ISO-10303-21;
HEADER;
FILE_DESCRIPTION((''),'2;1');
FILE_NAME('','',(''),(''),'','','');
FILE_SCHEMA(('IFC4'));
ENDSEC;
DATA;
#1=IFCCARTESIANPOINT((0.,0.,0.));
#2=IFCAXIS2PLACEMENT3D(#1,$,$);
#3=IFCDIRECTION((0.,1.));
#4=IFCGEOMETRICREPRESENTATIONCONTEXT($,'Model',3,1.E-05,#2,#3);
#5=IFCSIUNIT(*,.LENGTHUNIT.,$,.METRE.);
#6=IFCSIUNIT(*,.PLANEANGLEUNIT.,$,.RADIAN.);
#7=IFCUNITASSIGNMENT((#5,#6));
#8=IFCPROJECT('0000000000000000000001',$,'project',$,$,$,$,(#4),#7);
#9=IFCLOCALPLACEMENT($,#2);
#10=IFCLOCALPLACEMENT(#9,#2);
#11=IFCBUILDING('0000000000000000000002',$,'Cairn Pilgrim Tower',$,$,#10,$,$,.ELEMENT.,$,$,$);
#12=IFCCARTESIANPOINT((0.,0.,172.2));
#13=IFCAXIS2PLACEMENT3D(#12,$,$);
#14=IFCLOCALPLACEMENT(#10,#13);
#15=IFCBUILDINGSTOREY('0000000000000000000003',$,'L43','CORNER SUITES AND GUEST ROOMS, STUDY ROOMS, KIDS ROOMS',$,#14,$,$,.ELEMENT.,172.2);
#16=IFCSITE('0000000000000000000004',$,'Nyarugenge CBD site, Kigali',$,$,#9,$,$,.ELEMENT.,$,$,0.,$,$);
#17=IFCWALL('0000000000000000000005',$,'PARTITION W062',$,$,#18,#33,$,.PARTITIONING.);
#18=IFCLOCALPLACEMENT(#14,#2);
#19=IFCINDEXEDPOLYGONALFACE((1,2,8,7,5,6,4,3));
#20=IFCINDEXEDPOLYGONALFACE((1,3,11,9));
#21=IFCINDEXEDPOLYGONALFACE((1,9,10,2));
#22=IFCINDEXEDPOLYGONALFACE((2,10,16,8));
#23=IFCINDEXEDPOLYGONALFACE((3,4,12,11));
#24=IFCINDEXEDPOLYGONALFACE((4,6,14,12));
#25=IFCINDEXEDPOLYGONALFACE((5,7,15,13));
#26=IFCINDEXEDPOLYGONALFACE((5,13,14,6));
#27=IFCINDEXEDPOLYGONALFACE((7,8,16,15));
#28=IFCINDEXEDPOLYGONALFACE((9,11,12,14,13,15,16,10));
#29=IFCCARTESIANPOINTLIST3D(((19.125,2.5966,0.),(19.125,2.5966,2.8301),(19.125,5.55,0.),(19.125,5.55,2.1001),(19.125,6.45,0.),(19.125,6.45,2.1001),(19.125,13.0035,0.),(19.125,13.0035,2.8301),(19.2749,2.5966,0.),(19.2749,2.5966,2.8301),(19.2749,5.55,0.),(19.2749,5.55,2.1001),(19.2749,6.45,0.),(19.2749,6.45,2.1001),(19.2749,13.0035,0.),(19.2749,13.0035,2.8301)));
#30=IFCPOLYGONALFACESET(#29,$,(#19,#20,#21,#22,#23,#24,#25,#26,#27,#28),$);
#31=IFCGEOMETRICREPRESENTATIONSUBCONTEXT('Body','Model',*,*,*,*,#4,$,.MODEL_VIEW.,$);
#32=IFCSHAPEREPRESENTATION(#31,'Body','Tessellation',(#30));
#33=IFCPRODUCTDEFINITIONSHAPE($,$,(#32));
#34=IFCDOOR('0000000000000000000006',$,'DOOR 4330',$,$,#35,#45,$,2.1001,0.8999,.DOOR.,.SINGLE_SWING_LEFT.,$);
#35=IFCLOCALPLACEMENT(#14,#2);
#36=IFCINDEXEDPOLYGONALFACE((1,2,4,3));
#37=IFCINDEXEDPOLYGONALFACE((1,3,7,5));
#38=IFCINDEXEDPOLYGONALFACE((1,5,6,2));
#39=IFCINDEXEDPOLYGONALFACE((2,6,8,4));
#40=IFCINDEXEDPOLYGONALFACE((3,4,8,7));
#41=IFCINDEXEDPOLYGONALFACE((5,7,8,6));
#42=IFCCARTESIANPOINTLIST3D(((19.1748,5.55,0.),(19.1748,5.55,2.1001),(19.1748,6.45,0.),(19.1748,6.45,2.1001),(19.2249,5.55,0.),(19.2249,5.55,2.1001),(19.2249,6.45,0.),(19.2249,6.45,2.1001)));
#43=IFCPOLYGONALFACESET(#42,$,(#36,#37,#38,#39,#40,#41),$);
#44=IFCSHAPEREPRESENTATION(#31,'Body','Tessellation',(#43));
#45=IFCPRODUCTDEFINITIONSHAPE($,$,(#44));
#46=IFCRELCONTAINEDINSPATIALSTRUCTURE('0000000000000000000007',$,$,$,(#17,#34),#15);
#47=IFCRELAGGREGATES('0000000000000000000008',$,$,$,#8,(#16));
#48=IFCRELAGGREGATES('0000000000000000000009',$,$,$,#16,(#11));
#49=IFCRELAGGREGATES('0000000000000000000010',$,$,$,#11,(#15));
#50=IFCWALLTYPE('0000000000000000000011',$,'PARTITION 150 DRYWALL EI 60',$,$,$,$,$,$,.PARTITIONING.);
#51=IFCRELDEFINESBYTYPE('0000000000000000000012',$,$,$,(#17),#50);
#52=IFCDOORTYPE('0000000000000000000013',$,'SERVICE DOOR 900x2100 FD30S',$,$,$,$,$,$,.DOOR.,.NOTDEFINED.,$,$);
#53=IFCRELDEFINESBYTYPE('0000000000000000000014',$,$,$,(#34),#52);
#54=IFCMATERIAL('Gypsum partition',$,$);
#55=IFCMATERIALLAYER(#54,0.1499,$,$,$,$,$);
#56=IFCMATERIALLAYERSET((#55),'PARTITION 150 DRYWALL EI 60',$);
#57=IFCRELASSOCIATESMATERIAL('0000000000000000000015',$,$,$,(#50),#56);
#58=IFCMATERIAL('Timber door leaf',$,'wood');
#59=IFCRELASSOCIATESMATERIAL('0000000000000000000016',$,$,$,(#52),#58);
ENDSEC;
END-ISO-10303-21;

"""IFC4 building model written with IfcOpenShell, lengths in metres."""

from ifc_helpers import new_model, si_unit, direction, frame, frame_2d, origin, place, context, subcontext, project, spatial, rectangle, extrude, material, layer, layer_set, type_object, element, fill, save


model = new_model("IFC4")

# Units and contexts
model_context = context("Model", 3, precision=1e-05, world=origin(), true_north=direction((0.0, 1.0)))
body_context = subcontext(model_context, "Body", "Model", "MODEL_VIEW")
ifc_project = project(units=[si_unit("LENGTHUNIT", "METRE"), si_unit("PLANEANGLEUNIT", "RADIAN")], contexts=[model_context])

# Site, building, storey
site_placement = place(None, origin())
site = spatial("IfcSite", under=ifc_project, at=site_placement, Name="Nyarugenge CBD site, Kigali", CompositionType="ELEMENT", RefElevation=0.0)
building_placement = place(site_placement, origin())
building = spatial("IfcBuilding", under=site, at=building_placement, Name="Cairn Pilgrim Tower", CompositionType="ELEMENT")
storey_placement = place(building_placement, frame((0.0, 0.0, 172.2)))
storey = spatial("IfcBuildingStorey", under=building, at=storey_placement, Name="L43", Description="CORNER SUITES AND GUEST ROOMS, STUDY ROOMS, KIDS ROOMS", CompositionType="ELEMENT", Elevation=172.2)

# Shared definitions
ifc_material_1 = material(Name="Gypsum partition")
ifc_layer_1 = layer(ifc_material_1, 0.1499)
ifc_layer_set_1 = layer_set([ifc_layer_1], Name="PARTITION 150 DRYWALL EI 60")
wall_type_1 = type_object("IfcWallType", Name="PARTITION 150 DRYWALL EI 60", PredefinedType="PARTITIONING", material=ifc_layer_set_1)

# Wall, opening, door
wall_1_placement = place(storey_placement, frame((19.2, 2.5964, 0.0), z_axis=(0.0, 0.0, 1.0), x_axis=(0.0, 1.0, 0.0)))
wall_1 = element("IfcWall", 1, at=wall_1_placement, inside=storey, type_object=wall_type_1, Name="PARTITION W062", PredefinedType="PARTITIONING", context=body_context, shape_type="SweptSolid", body=[
    extrude(rectangle(XDim=10.407, YDim=0.1499, at=frame_2d((5.2036, 0.0))), origin(), (0.0, 0.0, 1.0), 2.8301),
])
opening_1_placement = place(wall_1_placement, frame((2.9536, 0.0, 0.0)))
opening_1 = element("IfcOpeningElement", 2, at=opening_1_placement, cuts=wall_1, PredefinedType="OPENING", context=body_context, shape_type="SweptSolid", body=[
    extrude(rectangle(XDim=0.8999, YDim=2.1001, at=frame_2d((0.45, 1.05))), frame((0.0, 0.085, 0.0), z_axis=(0.0, -1.0, 0.0), x_axis=(1.0, 0.0, 0.0)), (0.0, 0.0, 1.0), 0.1699),
])
ifc_material_2 = material(Name="Timber door leaf", Category="wood")
door_type_1 = type_object("IfcDoorType", Name="SERVICE DOOR 900x2100 FD30S", OperationType="NOTDEFINED", PredefinedType="DOOR", material=ifc_material_2)
door_1_placement = place(opening_1_placement, frame((0.8999, 0.0, 0.0), z_axis=(0.0, 0.0, 1.0), x_axis=(-1.0, 0.0, 0.0)))
door_1 = element("IfcDoor", 3, at=door_1_placement, inside=storey, type_object=door_type_1, Name="DOOR 4330", OperationType="SINGLE_SWING_LEFT", OverallHeight=2.1001, OverallWidth=0.8999, PredefinedType="DOOR", context=body_context, shape_type="SweptSolid", body=[
    extrude(rectangle(XDim=0.8999, YDim=2.1001, at=frame_2d((0.45, 1.05))), frame((0.0, 0.0249, 0.0), z_axis=(0.0, -1.0, 0.0), x_axis=(1.0, 0.0, 0.0)), (0.0, 0.0, 1.0), 0.05),
])
fill(opening_1, door_1)

save(model, "model.ifc")
